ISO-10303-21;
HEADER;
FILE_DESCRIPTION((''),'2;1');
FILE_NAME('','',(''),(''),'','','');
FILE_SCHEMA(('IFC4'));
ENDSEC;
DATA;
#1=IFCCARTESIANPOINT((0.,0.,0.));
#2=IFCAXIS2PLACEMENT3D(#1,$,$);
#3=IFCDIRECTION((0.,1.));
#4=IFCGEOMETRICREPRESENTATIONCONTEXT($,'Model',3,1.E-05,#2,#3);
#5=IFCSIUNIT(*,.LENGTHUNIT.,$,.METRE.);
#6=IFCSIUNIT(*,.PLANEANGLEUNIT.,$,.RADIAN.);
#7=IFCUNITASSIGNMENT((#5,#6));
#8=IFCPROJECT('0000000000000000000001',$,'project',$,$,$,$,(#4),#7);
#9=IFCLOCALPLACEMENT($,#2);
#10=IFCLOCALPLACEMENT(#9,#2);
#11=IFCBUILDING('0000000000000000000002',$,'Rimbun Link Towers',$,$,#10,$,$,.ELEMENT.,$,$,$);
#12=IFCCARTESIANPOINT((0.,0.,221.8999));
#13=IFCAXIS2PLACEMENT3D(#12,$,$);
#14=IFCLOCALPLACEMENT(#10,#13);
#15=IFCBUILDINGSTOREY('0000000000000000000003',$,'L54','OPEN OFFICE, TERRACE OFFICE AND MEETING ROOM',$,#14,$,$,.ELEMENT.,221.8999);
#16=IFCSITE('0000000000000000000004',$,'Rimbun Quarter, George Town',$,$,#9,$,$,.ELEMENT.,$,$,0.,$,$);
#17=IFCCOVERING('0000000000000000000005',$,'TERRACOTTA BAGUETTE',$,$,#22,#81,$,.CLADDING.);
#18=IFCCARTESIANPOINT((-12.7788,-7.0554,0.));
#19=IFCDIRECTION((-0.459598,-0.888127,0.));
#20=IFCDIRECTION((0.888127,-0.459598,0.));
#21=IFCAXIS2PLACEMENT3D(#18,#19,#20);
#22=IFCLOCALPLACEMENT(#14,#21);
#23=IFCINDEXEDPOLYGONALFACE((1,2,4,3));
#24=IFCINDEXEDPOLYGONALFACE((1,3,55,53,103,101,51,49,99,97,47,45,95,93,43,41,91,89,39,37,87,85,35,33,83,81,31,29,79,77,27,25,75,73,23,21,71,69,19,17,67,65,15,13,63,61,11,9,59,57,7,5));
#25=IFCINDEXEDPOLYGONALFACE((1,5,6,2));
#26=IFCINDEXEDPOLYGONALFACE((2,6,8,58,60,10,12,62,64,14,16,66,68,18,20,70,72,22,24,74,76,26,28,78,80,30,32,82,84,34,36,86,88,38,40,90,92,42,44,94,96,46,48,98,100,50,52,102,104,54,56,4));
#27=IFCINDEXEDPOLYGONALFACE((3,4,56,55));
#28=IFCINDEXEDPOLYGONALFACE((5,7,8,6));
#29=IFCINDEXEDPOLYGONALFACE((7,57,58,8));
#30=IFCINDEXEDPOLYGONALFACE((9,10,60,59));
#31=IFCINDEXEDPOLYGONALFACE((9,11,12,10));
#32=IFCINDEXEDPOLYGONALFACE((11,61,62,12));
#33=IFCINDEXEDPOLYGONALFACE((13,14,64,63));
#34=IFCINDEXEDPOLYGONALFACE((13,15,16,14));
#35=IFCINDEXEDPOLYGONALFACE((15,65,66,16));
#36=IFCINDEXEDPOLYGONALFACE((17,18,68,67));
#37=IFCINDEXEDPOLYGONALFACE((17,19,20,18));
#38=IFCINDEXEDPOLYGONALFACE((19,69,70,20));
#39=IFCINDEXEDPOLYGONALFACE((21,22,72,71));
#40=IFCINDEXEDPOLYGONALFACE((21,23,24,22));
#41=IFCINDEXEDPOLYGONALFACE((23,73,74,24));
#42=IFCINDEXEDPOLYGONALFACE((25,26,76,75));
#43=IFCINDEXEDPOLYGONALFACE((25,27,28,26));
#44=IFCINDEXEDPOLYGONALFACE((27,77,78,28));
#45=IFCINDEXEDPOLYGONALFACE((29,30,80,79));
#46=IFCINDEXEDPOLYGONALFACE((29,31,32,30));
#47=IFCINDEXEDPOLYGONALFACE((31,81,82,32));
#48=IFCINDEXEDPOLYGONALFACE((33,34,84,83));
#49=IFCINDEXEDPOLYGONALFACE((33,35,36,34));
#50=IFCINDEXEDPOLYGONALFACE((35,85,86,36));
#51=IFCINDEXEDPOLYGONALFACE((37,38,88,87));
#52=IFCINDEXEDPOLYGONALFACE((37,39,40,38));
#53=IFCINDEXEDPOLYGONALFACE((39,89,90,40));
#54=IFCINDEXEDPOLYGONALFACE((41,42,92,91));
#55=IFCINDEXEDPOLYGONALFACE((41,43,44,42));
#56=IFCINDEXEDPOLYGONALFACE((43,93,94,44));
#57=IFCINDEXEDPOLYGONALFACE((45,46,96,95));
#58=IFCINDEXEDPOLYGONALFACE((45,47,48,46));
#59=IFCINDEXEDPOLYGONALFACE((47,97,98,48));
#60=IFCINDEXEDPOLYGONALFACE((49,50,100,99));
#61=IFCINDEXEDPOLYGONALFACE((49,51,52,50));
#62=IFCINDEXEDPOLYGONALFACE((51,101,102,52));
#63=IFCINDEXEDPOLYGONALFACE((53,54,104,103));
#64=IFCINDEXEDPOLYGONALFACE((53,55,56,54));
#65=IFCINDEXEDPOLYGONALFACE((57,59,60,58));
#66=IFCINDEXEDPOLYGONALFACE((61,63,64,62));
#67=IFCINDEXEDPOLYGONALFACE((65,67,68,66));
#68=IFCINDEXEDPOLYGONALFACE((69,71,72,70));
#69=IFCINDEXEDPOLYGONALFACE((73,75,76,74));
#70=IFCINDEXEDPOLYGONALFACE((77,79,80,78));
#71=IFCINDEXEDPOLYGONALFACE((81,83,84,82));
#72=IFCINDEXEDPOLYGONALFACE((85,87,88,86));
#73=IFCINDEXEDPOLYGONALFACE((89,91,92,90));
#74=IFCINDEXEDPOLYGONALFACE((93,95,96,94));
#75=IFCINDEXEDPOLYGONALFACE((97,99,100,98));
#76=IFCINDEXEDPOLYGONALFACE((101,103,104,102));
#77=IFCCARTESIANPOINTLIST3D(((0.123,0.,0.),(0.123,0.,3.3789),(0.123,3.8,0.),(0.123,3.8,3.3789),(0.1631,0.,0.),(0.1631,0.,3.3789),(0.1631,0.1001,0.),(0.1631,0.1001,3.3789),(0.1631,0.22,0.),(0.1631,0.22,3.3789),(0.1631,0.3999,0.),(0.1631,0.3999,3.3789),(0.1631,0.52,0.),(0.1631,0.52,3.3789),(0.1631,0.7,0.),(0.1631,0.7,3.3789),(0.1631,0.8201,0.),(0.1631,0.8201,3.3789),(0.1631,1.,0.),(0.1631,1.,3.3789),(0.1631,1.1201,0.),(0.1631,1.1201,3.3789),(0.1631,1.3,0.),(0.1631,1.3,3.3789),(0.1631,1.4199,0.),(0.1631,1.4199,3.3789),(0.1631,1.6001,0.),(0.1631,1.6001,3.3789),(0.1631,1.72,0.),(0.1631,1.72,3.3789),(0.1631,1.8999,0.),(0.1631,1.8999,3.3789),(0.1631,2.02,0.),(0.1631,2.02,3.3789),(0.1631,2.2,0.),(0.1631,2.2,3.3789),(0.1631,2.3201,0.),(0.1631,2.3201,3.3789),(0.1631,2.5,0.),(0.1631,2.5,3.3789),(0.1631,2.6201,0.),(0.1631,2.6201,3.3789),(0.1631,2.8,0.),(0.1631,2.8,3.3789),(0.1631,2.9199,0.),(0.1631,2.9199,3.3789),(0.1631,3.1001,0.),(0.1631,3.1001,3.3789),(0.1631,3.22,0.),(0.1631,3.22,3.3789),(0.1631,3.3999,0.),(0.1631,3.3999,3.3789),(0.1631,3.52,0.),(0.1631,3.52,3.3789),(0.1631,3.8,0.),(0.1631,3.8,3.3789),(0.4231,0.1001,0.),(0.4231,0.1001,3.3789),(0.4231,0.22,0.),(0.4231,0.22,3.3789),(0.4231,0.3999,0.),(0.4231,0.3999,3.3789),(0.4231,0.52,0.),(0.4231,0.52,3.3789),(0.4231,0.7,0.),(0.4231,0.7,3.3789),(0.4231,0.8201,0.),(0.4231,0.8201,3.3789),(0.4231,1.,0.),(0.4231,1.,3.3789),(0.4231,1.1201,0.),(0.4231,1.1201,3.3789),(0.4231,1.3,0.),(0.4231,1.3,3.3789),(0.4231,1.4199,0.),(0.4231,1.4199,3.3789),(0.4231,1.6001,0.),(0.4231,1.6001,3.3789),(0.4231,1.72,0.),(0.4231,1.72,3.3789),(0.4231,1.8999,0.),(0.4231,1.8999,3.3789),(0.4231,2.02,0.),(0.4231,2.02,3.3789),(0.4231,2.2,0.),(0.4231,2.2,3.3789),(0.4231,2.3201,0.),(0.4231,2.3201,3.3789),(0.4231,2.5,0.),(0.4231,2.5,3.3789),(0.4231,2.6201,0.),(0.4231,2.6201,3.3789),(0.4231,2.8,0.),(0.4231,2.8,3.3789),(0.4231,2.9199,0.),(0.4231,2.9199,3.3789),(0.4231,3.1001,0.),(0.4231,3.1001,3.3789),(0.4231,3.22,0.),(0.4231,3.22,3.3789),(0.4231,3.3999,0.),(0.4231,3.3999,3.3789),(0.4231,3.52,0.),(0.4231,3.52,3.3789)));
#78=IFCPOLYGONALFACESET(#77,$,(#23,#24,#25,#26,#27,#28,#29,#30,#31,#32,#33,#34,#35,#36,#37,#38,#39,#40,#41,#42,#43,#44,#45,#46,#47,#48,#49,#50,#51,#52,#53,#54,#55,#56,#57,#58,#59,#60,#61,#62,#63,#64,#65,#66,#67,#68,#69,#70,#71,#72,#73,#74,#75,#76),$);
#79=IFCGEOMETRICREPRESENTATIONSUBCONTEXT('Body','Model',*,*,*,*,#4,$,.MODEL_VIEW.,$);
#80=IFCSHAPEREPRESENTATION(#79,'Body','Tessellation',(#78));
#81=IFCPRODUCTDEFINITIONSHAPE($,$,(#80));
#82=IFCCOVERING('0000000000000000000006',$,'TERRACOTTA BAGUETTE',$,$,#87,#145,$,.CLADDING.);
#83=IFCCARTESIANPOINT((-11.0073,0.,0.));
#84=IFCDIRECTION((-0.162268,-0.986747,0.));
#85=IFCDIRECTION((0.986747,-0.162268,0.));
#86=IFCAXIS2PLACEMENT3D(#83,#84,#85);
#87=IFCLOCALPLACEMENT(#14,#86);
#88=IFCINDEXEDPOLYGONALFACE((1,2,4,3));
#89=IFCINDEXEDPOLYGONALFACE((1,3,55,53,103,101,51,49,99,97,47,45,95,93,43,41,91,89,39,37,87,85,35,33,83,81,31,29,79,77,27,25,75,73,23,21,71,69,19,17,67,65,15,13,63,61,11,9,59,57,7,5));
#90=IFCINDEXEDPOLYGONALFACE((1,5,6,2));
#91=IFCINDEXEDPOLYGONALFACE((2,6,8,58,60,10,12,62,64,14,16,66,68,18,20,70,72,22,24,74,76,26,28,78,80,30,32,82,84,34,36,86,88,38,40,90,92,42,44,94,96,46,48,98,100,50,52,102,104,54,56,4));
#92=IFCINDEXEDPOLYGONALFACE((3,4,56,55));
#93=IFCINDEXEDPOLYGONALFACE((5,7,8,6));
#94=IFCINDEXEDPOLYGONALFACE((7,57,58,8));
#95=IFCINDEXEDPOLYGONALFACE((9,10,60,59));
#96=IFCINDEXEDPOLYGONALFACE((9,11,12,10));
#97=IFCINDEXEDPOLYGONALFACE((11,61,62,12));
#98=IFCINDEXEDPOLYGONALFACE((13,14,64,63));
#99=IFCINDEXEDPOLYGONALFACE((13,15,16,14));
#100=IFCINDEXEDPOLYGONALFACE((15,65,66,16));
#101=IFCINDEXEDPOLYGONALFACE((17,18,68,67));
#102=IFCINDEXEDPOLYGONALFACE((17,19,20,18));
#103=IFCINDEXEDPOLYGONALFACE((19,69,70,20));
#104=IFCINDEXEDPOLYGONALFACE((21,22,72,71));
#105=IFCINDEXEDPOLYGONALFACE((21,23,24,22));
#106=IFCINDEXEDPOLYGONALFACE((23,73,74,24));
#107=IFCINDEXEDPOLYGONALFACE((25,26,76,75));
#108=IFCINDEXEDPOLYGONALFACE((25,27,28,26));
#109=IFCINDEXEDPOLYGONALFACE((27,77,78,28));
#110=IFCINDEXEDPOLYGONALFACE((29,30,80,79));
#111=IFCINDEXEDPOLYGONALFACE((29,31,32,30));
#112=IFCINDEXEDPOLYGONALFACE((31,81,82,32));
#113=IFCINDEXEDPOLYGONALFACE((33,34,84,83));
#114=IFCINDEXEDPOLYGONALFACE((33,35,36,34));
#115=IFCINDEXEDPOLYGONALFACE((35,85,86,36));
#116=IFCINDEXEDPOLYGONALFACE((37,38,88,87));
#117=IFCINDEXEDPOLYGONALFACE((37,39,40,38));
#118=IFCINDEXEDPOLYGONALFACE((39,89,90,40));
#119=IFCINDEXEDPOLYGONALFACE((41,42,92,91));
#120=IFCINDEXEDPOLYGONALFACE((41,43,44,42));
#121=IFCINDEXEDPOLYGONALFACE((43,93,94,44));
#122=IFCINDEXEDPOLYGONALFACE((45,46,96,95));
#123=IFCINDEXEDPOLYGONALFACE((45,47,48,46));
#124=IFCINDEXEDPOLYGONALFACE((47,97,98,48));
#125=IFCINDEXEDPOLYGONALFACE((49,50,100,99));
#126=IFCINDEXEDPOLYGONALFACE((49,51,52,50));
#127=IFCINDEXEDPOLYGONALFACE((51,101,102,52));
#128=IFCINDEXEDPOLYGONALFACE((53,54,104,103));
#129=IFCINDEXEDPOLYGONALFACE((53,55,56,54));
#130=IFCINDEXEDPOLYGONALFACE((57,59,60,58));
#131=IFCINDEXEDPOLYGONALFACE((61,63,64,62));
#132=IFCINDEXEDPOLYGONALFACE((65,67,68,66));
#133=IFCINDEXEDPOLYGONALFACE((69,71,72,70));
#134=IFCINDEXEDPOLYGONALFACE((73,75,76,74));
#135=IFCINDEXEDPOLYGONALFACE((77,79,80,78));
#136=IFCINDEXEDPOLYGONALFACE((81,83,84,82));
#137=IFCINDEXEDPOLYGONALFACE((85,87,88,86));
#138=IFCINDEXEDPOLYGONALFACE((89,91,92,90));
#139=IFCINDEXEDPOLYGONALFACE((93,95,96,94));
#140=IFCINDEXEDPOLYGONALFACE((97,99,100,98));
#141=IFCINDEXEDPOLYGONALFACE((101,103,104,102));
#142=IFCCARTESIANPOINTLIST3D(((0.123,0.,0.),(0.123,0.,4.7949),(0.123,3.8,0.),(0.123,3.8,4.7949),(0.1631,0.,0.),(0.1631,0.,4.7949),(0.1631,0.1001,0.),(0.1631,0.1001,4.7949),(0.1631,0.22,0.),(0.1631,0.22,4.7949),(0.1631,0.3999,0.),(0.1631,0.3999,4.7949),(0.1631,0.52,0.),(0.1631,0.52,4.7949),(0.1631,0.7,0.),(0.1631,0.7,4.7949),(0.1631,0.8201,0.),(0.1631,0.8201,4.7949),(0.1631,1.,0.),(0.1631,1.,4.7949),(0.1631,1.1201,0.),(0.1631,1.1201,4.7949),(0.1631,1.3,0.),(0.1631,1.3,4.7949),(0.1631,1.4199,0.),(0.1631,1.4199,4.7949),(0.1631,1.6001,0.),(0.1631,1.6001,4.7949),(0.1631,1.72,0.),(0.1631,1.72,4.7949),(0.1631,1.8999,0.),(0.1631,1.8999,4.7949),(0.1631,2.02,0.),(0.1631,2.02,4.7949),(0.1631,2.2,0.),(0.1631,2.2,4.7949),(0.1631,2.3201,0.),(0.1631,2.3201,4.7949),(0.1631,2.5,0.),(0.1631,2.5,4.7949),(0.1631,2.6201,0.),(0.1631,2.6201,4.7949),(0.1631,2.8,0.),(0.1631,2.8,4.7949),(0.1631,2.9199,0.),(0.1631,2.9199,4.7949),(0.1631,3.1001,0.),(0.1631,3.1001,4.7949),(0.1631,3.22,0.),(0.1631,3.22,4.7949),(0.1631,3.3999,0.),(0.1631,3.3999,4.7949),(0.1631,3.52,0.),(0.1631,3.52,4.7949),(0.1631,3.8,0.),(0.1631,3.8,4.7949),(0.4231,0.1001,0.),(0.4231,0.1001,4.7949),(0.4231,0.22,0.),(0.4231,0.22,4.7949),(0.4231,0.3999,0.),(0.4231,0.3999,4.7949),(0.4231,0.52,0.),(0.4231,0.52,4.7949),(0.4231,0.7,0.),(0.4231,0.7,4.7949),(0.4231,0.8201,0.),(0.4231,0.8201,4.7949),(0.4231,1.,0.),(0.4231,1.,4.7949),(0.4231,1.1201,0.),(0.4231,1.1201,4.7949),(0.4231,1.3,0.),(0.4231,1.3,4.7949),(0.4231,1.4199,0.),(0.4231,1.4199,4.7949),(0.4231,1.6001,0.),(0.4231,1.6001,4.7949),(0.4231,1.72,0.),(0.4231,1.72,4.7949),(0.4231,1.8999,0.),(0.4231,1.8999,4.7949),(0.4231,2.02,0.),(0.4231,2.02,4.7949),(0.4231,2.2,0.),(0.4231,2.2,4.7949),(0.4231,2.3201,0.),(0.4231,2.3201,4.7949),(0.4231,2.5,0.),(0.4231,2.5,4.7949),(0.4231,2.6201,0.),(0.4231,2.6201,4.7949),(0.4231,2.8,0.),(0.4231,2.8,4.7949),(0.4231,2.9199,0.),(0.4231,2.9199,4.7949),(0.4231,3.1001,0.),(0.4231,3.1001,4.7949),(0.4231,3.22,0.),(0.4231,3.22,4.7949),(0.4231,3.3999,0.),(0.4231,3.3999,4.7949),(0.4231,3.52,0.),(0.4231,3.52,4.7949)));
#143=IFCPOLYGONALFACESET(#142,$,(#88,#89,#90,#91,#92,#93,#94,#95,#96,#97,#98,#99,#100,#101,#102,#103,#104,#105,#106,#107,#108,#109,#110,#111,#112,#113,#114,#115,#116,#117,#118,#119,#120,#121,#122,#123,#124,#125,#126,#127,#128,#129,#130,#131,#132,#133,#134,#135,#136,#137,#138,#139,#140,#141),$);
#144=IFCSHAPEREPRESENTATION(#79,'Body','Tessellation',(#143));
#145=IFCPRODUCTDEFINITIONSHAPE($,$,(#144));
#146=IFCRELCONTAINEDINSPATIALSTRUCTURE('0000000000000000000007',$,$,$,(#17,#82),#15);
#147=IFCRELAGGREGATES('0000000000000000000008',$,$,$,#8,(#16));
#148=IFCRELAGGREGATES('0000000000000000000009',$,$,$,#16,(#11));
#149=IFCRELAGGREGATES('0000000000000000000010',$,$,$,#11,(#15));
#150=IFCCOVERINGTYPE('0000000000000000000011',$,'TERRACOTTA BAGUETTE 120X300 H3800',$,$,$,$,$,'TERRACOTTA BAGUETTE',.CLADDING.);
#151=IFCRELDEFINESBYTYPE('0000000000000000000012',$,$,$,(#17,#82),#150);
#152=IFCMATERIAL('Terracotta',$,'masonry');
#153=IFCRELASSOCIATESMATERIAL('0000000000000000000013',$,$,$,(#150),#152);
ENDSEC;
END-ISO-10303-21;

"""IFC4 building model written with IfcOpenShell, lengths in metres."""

from ifc_helpers import new_model, si_unit, direction, frame, origin, place, context, subcontext, project, spatial, polyline, outline, extrude, material, material_profile, profile_set, type_object, element, save


model = new_model("IFC4")

# Units and contexts
model_context = context("Model", 3, precision=1e-05, world=origin(), true_north=direction((0.0, 1.0)))
body_context = subcontext(model_context, "Body", "Model", "MODEL_VIEW")
ifc_project = project(units=[si_unit("LENGTHUNIT", "METRE"), si_unit("PLANEANGLEUNIT", "RADIAN")], contexts=[model_context])

# Site, building, storey
site_placement = place(None, origin())
site = spatial("IfcSite", under=ifc_project, at=site_placement, Name="Rimbun Quarter, George Town", CompositionType="ELEMENT", RefElevation=0.0)
building_placement = place(site_placement, origin())
building = spatial("IfcBuilding", under=site, at=building_placement, Name="Rimbun Link Towers", CompositionType="ELEMENT")
storey_placement = place(building_placement, frame((0.0, 0.0, 221.8999)))
storey = spatial("IfcBuildingStorey", under=building, at=storey_placement, Name="L54", Description="OPEN OFFICE, TERRACE OFFICE AND MEETING ROOM", CompositionType="ELEMENT", Elevation=221.8999)

# Coverings
ifc_material_1 = material(Name="Terracotta", Category="masonry")
ifc_material_profile_1 = material_profile(ifc_material_1, outline(polyline([(0.123, 0.0), (0.1631, 0.0), (0.1631, 0.1001), (0.4231, 0.1001), (0.4231, 0.22), (0.1631, 0.22), (0.1631, 0.3999), (0.4231, 0.3999), (0.4231, 0.52), (0.1631, 0.52), (0.1631, 0.7), (0.4231, 0.7), (0.4231, 0.8201), (0.1631, 0.8201), (0.1631, 1.0), (0.4231, 1.0), (0.4231, 1.1201), (0.1631, 1.1201), (0.1631, 1.3), (0.4231, 1.3), (0.4231, 1.4199), (0.1631, 1.4199), (0.1631, 1.6001), (0.4231, 1.6001), (0.4231, 1.72), (0.1631, 1.72), (0.1631, 1.8999), (0.4231, 1.8999), (0.4231, 2.02), (0.1631, 2.02), (0.1631, 2.2), (0.4231, 2.2), (0.4231, 2.3201), (0.1631, 2.3201), (0.1631, 2.5), (0.4231, 2.5), (0.4231, 2.6201), (0.1631, 2.6201), (0.1631, 2.8), (0.4231, 2.8), (0.4231, 2.9199), (0.1631, 2.9199), (0.1631, 3.1001), (0.4231, 3.1001), (0.4231, 3.22), (0.1631, 3.22), (0.1631, 3.3999), (0.4231, 3.3999), (0.4231, 3.52), (0.1631, 3.52), (0.1631, 3.8), (0.123, 3.8), (0.123, 0.0)])), Name="BAGUETTE 120X300")
ifc_profile_set_1 = profile_set([ifc_material_profile_1], Name="Terracotta")
covering_type_1 = type_object("IfcCoveringType", Name="TERRACOTTA BAGUETTE 120X300 H3800", ElementType="TERRACOTTA BAGUETTE", PredefinedType="CLADDING", material=ifc_profile_set_1)
covering_1_placement = place(storey_placement, frame((-12.7788, -7.0554, 0.0), z_axis=(-0.459598, -0.888127, 0.0), x_axis=(0.888127, -0.459598, 0.0)))
element("IfcCovering", 1, at=covering_1_placement, inside=storey, type_object=covering_type_1, Name="TERRACOTTA BAGUETTE", PredefinedType="CLADDING", context=body_context, shape_type="SweptSolid", body=[
    extrude(outline(polyline([(0.123, 0.0), (0.1631, 0.0), (0.1631, 0.1001), (0.4231, 0.1001), (0.4231, 0.22), (0.1631, 0.22), (0.1631, 0.3999), (0.4231, 0.3999), (0.4231, 0.52), (0.1631, 0.52), (0.1631, 0.7), (0.4231, 0.7), (0.4231, 0.8201), (0.1631, 0.8201), (0.1631, 1.0), (0.4231, 1.0), (0.4231, 1.1201), (0.1631, 1.1201), (0.1631, 1.3), (0.4231, 1.3), (0.4231, 1.4199), (0.1631, 1.4199), (0.1631, 1.6001), (0.4231, 1.6001), (0.4231, 1.72), (0.1631, 1.72), (0.1631, 1.8999), (0.4231, 1.8999), (0.4231, 2.02), (0.1631, 2.02), (0.1631, 2.2), (0.4231, 2.2), (0.4231, 2.3201), (0.1631, 2.3201), (0.1631, 2.5), (0.4231, 2.5), (0.4231, 2.6201), (0.1631, 2.6201), (0.1631, 2.8), (0.4231, 2.8), (0.4231, 2.9199), (0.1631, 2.9199), (0.1631, 3.1001), (0.4231, 3.1001), (0.4231, 3.22), (0.1631, 3.22), (0.1631, 3.3999), (0.4231, 3.3999), (0.4231, 3.52), (0.1631, 3.52), (0.1631, 3.8), (0.123, 3.8), (0.123, 0.0)])), origin(), (0.0, 0.0, 1.0), 3.3789),
])
covering_2_placement = place(storey_placement, frame((-11.0073, 0.0, 0.0), z_axis=(-0.162268, -0.986747, 0.0), x_axis=(0.986747, -0.162268, 0.0)))
element("IfcCovering", 2, at=covering_2_placement, inside=storey, type_object=covering_type_1, Name="TERRACOTTA BAGUETTE", PredefinedType="CLADDING", context=body_context, shape_type="SweptSolid", body=[
    extrude(outline(polyline([(0.123, 0.0), (0.1631, 0.0), (0.1631, 0.1001), (0.4231, 0.1001), (0.4231, 0.22), (0.1631, 0.22), (0.1631, 0.3999), (0.4231, 0.3999), (0.4231, 0.52), (0.1631, 0.52), (0.1631, 0.7), (0.4231, 0.7), (0.4231, 0.8201), (0.1631, 0.8201), (0.1631, 1.0), (0.4231, 1.0), (0.4231, 1.1201), (0.1631, 1.1201), (0.1631, 1.3), (0.4231, 1.3), (0.4231, 1.4199), (0.1631, 1.4199), (0.1631, 1.6001), (0.4231, 1.6001), (0.4231, 1.72), (0.1631, 1.72), (0.1631, 1.8999), (0.4231, 1.8999), (0.4231, 2.02), (0.1631, 2.02), (0.1631, 2.2), (0.4231, 2.2), (0.4231, 2.3201), (0.1631, 2.3201), (0.1631, 2.5), (0.4231, 2.5), (0.4231, 2.6201), (0.1631, 2.6201), (0.1631, 2.8), (0.4231, 2.8), (0.4231, 2.9199), (0.1631, 2.9199), (0.1631, 3.1001), (0.4231, 3.1001), (0.4231, 3.22), (0.1631, 3.22), (0.1631, 3.3999), (0.4231, 3.3999), (0.4231, 3.52), (0.1631, 3.52), (0.1631, 3.8), (0.123, 3.8), (0.123, 0.0)])), origin(), (0.0, 0.0, 1.0), 4.7949),
])

save(model, "model.ifc")
